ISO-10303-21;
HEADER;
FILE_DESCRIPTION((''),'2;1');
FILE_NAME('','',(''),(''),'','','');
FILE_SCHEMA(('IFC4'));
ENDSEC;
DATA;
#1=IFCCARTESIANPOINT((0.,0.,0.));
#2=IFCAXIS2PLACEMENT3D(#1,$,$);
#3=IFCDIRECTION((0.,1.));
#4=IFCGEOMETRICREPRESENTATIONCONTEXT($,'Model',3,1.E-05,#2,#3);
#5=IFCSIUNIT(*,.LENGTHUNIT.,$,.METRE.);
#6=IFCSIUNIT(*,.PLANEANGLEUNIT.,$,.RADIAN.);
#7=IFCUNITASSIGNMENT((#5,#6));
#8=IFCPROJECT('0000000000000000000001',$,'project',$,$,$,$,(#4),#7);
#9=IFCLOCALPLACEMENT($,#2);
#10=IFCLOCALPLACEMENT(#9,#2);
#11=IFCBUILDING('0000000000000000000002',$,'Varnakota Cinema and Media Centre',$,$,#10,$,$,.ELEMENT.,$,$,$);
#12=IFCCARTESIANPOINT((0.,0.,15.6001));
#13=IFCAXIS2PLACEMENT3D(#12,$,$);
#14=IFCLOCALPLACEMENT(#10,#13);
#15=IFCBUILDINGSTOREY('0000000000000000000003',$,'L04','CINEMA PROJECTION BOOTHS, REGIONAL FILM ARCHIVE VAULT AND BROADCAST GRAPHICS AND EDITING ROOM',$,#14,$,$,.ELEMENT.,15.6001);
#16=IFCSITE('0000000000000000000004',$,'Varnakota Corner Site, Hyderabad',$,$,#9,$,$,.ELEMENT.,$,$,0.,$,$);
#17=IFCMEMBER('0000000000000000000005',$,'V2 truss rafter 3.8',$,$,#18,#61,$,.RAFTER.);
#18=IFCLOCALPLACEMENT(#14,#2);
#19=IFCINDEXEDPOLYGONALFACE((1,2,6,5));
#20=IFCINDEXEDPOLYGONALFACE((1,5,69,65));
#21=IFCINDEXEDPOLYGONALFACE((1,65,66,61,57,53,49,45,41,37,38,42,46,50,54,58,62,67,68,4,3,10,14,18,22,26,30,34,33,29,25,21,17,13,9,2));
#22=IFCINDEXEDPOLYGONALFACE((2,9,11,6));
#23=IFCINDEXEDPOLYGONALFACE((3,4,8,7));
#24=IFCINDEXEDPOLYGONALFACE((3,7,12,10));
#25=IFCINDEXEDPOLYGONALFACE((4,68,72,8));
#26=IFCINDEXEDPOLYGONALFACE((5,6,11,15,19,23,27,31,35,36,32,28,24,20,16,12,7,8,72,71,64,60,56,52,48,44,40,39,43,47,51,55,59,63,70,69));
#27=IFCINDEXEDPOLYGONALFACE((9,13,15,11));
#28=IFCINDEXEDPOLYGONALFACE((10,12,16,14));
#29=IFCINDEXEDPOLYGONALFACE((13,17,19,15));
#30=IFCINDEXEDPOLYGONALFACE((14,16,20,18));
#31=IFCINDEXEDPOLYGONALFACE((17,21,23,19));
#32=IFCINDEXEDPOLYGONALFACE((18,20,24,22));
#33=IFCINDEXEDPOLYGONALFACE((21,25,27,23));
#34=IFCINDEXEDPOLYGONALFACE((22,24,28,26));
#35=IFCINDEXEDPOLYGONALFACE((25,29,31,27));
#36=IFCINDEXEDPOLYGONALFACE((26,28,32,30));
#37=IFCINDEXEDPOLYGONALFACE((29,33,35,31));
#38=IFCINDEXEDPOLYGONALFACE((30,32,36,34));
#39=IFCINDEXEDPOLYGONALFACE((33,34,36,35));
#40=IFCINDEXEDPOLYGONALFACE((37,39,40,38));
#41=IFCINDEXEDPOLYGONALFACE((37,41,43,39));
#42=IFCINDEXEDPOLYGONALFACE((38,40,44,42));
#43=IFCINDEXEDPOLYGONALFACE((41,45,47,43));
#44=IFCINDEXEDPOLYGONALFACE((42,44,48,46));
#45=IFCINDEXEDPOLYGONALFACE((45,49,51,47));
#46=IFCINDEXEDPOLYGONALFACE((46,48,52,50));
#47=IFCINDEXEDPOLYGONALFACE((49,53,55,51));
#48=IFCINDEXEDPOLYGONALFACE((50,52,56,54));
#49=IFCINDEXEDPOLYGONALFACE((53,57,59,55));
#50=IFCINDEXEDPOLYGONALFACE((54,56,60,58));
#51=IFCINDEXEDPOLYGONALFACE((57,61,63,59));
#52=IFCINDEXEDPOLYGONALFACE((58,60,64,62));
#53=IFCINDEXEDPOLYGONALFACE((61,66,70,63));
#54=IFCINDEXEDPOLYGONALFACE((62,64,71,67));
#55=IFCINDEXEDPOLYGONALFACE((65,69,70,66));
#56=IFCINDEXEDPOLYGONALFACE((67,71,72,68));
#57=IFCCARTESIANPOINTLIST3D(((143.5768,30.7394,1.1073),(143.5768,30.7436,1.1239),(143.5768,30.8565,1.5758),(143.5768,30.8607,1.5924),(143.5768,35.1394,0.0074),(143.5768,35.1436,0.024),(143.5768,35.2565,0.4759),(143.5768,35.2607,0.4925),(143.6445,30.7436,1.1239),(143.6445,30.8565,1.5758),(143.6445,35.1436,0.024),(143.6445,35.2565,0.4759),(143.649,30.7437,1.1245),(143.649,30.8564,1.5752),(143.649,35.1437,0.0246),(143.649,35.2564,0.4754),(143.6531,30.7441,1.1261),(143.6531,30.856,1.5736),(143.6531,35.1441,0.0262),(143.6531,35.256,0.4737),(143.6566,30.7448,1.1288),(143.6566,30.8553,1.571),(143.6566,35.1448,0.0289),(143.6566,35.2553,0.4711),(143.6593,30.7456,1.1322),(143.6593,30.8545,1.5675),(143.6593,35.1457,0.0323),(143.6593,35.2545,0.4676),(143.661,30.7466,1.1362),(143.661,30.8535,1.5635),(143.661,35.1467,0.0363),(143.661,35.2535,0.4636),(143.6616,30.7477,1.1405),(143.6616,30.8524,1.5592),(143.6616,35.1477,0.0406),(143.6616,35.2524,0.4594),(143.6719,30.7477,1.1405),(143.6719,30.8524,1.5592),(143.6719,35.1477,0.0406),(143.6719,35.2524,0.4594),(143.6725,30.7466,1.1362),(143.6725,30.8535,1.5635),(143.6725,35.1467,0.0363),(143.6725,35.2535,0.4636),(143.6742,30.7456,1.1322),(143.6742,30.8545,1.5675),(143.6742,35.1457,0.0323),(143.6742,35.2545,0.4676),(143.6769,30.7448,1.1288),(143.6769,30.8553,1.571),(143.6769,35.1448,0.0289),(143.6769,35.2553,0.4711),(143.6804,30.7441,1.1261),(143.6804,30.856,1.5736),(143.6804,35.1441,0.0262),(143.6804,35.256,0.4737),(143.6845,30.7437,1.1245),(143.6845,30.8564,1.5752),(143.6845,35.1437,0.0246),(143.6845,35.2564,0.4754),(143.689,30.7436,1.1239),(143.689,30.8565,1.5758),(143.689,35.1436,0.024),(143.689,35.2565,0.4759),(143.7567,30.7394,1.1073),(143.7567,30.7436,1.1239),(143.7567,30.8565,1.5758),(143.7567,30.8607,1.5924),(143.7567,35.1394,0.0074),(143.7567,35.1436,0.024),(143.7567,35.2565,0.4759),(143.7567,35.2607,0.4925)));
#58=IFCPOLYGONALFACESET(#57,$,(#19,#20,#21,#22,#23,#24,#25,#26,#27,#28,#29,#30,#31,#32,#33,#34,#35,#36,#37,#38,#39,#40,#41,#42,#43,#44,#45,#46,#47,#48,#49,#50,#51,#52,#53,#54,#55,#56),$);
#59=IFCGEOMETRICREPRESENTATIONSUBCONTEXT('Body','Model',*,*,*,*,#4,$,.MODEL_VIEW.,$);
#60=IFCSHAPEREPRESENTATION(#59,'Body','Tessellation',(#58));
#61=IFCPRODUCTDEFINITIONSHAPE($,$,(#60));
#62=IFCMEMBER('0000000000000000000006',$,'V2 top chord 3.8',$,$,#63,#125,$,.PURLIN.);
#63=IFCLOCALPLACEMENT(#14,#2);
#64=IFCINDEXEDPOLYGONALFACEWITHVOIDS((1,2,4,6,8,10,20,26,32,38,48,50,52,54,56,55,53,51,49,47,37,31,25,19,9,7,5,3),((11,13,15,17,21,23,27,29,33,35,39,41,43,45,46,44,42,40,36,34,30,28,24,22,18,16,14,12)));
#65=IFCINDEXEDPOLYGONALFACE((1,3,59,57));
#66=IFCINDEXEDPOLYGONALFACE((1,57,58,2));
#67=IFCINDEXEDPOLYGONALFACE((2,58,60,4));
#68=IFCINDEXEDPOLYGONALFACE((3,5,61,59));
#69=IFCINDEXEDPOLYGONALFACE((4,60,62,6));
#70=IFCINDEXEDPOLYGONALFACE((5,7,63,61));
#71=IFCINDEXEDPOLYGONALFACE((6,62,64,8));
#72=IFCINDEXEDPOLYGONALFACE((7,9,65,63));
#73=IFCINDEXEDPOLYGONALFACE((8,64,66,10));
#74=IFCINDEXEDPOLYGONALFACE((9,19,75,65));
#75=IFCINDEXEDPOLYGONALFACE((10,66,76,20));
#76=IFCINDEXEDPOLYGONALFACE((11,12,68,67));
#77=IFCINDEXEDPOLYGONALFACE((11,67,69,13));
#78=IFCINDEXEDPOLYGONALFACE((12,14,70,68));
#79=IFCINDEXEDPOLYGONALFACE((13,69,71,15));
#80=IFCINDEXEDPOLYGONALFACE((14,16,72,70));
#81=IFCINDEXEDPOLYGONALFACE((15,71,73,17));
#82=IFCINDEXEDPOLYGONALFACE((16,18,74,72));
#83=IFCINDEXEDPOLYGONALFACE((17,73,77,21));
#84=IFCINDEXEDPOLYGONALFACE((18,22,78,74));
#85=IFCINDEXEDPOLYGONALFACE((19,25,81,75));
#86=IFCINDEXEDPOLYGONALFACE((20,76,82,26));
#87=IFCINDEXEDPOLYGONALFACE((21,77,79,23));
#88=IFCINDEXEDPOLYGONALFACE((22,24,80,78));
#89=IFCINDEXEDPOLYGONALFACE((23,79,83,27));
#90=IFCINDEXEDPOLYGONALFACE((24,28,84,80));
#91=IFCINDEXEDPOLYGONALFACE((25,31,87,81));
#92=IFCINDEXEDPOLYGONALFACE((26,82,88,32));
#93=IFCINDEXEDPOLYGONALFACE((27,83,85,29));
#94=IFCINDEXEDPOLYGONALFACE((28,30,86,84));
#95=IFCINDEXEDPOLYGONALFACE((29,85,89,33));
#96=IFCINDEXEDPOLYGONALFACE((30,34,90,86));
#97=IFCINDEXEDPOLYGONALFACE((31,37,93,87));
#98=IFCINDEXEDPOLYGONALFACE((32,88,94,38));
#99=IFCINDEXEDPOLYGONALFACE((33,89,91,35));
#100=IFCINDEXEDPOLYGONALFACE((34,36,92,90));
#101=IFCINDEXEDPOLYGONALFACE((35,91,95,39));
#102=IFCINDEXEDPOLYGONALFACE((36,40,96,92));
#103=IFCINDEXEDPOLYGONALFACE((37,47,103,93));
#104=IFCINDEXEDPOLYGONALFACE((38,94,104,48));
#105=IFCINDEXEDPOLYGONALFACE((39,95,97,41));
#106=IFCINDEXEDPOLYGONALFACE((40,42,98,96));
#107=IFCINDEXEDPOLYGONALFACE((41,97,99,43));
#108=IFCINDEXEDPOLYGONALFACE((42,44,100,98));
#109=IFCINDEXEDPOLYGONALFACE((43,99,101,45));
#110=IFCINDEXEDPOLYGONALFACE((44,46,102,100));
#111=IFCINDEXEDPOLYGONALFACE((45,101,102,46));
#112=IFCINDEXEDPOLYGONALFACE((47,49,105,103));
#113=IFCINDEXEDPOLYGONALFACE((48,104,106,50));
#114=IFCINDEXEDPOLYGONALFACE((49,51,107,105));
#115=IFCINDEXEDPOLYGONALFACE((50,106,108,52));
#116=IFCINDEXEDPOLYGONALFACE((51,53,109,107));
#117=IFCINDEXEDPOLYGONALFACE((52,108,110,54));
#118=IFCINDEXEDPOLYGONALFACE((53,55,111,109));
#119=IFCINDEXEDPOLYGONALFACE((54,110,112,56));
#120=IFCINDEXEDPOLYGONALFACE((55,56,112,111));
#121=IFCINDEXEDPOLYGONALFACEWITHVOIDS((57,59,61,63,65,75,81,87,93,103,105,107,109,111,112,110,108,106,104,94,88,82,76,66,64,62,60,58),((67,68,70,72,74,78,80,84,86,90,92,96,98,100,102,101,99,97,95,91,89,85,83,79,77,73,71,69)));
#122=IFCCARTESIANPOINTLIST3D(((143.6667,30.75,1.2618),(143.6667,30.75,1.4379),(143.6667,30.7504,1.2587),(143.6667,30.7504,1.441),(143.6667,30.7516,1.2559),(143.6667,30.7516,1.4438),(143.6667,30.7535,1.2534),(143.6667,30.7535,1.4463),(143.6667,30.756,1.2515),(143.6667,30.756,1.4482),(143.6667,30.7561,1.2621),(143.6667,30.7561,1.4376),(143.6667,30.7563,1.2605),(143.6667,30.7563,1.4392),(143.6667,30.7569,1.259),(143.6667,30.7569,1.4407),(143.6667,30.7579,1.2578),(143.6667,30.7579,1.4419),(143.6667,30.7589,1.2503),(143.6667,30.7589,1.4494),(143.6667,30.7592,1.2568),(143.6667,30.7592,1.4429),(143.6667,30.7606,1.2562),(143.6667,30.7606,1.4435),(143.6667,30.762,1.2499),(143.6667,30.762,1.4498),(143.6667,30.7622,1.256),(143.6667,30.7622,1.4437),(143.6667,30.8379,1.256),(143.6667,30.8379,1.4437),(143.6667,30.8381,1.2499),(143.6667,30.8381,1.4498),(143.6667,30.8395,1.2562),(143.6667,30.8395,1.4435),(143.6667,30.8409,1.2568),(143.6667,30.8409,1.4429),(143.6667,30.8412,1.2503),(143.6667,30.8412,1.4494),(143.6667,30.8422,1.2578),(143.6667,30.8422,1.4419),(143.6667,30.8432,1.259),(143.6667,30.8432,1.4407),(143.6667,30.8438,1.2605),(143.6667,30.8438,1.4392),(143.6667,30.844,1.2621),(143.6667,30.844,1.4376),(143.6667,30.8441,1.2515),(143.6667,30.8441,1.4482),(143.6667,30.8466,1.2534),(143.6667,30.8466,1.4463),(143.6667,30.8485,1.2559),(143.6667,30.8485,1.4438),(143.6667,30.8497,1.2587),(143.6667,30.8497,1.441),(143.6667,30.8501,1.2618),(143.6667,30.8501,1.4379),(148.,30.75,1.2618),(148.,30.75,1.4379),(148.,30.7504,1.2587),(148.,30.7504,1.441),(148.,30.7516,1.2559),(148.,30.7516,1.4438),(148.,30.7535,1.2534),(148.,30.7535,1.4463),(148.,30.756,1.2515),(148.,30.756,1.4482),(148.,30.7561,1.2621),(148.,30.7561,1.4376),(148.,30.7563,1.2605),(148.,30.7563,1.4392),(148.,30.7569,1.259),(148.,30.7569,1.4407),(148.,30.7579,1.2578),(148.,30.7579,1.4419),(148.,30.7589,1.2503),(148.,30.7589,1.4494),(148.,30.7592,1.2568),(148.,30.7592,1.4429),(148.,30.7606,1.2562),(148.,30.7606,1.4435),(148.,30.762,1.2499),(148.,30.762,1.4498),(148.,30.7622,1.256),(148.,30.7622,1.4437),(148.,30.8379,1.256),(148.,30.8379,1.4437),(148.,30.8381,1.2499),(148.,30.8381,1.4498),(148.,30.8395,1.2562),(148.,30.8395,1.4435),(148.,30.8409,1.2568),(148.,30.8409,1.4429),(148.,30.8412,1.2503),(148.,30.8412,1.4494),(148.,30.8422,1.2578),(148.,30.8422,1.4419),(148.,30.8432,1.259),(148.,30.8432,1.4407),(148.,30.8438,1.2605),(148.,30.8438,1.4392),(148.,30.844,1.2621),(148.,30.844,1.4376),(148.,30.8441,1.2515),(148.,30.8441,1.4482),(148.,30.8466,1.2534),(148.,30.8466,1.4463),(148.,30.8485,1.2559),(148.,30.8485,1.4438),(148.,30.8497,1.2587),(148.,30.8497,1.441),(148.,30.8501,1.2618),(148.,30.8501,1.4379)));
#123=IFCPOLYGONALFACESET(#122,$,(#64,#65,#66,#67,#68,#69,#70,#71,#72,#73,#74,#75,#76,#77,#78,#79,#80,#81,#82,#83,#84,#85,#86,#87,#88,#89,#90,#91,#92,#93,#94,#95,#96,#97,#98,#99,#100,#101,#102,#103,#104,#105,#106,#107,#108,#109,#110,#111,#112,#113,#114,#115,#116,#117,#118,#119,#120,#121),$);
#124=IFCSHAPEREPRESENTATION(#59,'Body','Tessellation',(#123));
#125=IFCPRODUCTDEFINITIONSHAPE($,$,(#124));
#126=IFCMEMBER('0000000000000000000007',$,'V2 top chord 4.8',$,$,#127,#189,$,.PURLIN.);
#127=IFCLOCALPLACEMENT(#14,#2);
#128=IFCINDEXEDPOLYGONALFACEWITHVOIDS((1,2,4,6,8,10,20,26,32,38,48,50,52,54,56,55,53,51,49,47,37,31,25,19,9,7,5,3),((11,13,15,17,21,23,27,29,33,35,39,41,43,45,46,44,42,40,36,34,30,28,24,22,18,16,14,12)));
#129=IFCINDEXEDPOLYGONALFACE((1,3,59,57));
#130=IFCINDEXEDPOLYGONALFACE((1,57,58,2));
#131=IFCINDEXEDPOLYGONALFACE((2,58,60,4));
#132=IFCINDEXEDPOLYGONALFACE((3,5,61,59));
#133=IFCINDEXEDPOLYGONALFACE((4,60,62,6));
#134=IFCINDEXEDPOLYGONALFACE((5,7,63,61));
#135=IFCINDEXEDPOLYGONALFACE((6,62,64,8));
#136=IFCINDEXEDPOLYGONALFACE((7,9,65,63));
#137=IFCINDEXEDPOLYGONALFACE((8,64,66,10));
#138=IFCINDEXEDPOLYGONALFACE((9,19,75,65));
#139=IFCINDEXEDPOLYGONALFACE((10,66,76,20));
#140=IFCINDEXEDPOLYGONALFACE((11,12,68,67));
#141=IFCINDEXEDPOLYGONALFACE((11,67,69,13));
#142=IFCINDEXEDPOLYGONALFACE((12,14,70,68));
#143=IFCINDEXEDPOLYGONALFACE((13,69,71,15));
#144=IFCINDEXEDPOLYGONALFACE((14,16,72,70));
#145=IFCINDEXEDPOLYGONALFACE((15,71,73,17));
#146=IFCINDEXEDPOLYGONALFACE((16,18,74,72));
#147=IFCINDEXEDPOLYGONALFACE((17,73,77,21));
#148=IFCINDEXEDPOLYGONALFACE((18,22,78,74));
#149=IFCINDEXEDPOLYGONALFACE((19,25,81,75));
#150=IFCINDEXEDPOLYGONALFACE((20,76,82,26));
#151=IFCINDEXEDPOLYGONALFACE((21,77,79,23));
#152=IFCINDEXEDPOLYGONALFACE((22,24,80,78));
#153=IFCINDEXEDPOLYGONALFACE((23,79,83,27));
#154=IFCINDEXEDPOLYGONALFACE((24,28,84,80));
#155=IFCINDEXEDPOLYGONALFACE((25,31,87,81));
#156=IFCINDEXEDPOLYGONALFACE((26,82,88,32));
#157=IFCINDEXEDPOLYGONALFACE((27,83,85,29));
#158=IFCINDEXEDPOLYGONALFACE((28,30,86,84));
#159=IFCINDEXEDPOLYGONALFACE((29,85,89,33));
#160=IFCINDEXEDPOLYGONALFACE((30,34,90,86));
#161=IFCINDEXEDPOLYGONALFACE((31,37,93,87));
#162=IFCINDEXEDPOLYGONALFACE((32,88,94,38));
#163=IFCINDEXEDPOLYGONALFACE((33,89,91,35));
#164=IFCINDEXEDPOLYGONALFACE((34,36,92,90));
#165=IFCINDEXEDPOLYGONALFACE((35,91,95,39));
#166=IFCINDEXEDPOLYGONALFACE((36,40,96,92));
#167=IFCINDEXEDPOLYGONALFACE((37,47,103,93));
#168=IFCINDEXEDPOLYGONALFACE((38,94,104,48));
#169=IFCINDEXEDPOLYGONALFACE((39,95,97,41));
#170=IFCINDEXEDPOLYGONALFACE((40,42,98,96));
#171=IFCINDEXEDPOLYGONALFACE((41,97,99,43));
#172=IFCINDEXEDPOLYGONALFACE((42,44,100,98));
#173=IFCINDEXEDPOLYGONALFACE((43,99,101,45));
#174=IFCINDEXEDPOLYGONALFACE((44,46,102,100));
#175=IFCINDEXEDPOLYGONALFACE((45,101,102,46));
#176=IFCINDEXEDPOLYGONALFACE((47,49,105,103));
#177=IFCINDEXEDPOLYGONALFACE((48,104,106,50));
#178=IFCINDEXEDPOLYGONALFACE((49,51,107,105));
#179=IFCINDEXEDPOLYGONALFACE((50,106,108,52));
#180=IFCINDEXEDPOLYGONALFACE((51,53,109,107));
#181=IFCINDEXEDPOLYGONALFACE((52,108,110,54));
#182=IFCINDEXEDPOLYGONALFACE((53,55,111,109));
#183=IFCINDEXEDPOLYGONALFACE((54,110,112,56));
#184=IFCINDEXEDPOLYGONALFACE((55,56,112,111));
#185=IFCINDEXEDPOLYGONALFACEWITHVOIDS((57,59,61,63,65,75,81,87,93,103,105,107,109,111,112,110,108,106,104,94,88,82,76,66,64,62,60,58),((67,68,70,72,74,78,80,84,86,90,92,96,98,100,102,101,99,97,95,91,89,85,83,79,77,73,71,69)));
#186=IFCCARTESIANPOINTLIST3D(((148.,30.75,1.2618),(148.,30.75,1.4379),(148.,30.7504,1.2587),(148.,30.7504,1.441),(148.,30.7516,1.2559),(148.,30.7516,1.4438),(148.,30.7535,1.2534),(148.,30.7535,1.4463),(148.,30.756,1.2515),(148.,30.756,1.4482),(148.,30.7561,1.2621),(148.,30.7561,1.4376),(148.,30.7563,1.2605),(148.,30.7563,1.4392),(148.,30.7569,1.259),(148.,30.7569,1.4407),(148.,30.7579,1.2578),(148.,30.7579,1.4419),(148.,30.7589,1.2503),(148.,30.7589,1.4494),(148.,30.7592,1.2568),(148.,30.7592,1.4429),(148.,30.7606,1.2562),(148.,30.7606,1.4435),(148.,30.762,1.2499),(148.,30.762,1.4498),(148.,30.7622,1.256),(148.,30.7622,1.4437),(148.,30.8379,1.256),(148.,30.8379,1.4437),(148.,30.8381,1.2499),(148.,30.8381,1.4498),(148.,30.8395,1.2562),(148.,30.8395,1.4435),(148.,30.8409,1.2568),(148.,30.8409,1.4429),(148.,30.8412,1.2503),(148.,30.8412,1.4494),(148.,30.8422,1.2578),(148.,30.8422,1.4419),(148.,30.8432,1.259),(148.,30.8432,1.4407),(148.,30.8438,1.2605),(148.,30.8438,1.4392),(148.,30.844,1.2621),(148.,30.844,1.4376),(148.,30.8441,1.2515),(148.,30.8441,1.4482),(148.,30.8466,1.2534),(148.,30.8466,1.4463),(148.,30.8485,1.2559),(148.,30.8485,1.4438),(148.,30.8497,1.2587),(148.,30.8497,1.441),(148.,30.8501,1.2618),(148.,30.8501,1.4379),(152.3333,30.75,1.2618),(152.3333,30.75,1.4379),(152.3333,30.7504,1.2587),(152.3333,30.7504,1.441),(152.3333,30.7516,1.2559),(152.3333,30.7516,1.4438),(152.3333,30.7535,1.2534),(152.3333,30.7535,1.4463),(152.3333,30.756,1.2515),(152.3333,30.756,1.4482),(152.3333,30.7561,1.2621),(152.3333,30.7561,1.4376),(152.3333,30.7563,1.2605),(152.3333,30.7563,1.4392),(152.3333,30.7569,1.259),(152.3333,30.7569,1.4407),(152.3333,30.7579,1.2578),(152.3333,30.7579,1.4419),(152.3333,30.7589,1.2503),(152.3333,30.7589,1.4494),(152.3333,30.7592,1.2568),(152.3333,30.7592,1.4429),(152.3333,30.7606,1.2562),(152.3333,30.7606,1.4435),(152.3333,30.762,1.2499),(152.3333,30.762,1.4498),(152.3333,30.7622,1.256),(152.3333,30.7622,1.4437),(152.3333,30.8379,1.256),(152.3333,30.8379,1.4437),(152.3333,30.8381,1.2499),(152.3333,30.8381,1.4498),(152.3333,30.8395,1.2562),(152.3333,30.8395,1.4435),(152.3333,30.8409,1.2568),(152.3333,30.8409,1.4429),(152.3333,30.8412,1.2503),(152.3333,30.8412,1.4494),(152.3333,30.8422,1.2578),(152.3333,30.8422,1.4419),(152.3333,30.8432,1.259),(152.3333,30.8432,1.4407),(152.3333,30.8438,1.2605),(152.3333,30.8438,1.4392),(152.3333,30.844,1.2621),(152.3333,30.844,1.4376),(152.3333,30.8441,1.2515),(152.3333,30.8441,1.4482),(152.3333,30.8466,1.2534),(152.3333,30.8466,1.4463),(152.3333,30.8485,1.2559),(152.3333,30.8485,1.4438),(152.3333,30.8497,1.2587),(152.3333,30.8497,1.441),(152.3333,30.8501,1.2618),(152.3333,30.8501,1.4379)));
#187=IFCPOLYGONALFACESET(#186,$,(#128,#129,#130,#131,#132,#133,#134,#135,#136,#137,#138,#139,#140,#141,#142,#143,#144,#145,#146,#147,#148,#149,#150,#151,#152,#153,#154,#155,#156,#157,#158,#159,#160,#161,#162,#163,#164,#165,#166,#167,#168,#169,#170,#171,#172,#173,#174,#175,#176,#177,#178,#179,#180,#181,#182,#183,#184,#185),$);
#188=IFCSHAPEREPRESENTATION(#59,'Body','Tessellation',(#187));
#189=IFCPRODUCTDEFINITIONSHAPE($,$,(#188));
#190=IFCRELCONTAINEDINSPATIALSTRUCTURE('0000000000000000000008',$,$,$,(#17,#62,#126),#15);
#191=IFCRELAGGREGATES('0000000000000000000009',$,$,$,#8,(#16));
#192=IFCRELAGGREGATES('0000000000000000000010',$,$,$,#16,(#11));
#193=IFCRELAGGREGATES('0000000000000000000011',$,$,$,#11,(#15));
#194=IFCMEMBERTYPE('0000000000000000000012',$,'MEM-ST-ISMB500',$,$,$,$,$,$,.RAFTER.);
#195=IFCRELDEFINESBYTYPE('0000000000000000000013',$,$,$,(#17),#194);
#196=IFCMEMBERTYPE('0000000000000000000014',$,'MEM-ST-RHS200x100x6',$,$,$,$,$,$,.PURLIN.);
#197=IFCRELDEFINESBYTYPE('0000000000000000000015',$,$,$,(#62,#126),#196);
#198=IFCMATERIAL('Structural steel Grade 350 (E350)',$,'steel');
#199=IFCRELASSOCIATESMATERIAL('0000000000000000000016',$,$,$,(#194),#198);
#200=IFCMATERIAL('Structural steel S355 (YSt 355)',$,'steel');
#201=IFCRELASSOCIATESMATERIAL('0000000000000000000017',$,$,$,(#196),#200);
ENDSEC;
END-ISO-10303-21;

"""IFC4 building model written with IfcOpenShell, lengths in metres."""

from ifc_helpers import new_model, si_unit, direction, frame, origin, origin_2d, place, context, subcontext, project, spatial, hollow_rectangle, i_section, extrude, material, material_profile, profile_set, type_object, element, save


model = new_model("IFC4")

# Units and contexts
model_context = context("Model", 3, precision=1e-05, world=origin(), true_north=direction((0.0, 1.0)))
body_context = subcontext(model_context, "Body", "Model", "MODEL_VIEW")
ifc_project = project(units=[si_unit("LENGTHUNIT", "METRE"), si_unit("PLANEANGLEUNIT", "RADIAN")], contexts=[model_context])

# Site, building, storey
site_placement = place(None, origin())
site = spatial("IfcSite", under=ifc_project, at=site_placement, Name="Varnakota Corner Site, Hyderabad", CompositionType="ELEMENT", RefElevation=0.0)
building_placement = place(site_placement, origin())
building = spatial("IfcBuilding", under=site, at=building_placement, Name="Varnakota Cinema and Media Centre", CompositionType="ELEMENT")
storey_placement = place(building_placement, frame((0.0, 0.0, 15.6001)))
storey = spatial("IfcBuildingStorey", under=building, at=storey_placement, Name="L04", Description="CINEMA PROJECTION BOOTHS, REGIONAL FILM ARCHIVE VAULT AND BROADCAST GRAPHICS AND EDITING ROOM", CompositionType="ELEMENT", Elevation=15.6001)

# Members
ifc_material_1 = material(Name="Structural steel Grade 350 (E350)", Category="steel")
ifc_material_profile_1 = material_profile(ifc_material_1, i_section(OverallWidth=0.1799, OverallDepth=0.5, WebThickness=0.0103, FlangeThickness=0.0171, FilletRadius=0.0171, at=origin_2d()), Name="ISMB 500")
ifc_profile_set_1 = profile_set([ifc_material_profile_1], Name="Structural steel Grade 350 (E350)")
member_type_1 = type_object("IfcMemberType", Name="MEM-ST-ISMB500", PredefinedType="RAFTER", material=ifc_profile_set_1)
member_1_placement = place(storey_placement, frame((143.6667, 30.8, 1.3499), z_axis=(0.0, 0.970149, -0.24251), x_axis=(-1.0, 0.0, 0.0)))
element("IfcMember", 1, at=member_1_placement, inside=storey, type_object=member_type_1, Name="V2 truss rafter 3.8", PredefinedType="RAFTER", context=body_context, shape_type="SweptSolid", body=[
    extrude(i_section(OverallWidth=0.1799, OverallDepth=0.5, WebThickness=0.0103, FlangeThickness=0.0171, FilletRadius=0.0171, at=origin_2d()), origin(), (0.0, 0.0, 1.0), 4.5354),
])
ifc_material_2 = material(Name="Structural steel S355 (YSt 355)", Category="steel")
ifc_material_profile_2 = material_profile(ifc_material_2, hollow_rectangle(XDim=0.1001, YDim=0.2, WallThickness=0.0061, InnerFilletRadius=0.0061, OuterFilletRadius=0.012, at=origin_2d()), Name="RHS 200x100x6")
ifc_profile_set_2 = profile_set([ifc_material_profile_2], Name="Structural steel S355 (YSt 355)")
member_type_2 = type_object("IfcMemberType", Name="MEM-ST-RHS200x100x6", PredefinedType="PURLIN", material=ifc_profile_set_2)
for number, where, z_axis, x_axis, name in (
    (2, (143.6667, 30.8, 1.3499), (1.0, 0.0, 0.0), (0.0, 1.0, 0.0), "V2 top chord 3.8"),
    (3, (148.0, 30.8, 1.3499), (1.0, 0.0, 0.0), (0.0, 1.0, 0.0), "V2 top chord 4.8"),
):
    element("IfcMember", number, at=place(storey_placement, frame(where, z_axis=z_axis, x_axis=x_axis)), inside=storey, type_object=member_type_2, Name=name, PredefinedType="PURLIN", context=body_context, shape_type="SweptSolid", body=[
        extrude(hollow_rectangle(XDim=0.1001, YDim=0.2, WallThickness=0.0061, InnerFilletRadius=0.0061, OuterFilletRadius=0.012, at=origin_2d()), origin(), (0.0, 0.0, 1.0), 4.3333),
    ])

save(model, "model.ifc")
